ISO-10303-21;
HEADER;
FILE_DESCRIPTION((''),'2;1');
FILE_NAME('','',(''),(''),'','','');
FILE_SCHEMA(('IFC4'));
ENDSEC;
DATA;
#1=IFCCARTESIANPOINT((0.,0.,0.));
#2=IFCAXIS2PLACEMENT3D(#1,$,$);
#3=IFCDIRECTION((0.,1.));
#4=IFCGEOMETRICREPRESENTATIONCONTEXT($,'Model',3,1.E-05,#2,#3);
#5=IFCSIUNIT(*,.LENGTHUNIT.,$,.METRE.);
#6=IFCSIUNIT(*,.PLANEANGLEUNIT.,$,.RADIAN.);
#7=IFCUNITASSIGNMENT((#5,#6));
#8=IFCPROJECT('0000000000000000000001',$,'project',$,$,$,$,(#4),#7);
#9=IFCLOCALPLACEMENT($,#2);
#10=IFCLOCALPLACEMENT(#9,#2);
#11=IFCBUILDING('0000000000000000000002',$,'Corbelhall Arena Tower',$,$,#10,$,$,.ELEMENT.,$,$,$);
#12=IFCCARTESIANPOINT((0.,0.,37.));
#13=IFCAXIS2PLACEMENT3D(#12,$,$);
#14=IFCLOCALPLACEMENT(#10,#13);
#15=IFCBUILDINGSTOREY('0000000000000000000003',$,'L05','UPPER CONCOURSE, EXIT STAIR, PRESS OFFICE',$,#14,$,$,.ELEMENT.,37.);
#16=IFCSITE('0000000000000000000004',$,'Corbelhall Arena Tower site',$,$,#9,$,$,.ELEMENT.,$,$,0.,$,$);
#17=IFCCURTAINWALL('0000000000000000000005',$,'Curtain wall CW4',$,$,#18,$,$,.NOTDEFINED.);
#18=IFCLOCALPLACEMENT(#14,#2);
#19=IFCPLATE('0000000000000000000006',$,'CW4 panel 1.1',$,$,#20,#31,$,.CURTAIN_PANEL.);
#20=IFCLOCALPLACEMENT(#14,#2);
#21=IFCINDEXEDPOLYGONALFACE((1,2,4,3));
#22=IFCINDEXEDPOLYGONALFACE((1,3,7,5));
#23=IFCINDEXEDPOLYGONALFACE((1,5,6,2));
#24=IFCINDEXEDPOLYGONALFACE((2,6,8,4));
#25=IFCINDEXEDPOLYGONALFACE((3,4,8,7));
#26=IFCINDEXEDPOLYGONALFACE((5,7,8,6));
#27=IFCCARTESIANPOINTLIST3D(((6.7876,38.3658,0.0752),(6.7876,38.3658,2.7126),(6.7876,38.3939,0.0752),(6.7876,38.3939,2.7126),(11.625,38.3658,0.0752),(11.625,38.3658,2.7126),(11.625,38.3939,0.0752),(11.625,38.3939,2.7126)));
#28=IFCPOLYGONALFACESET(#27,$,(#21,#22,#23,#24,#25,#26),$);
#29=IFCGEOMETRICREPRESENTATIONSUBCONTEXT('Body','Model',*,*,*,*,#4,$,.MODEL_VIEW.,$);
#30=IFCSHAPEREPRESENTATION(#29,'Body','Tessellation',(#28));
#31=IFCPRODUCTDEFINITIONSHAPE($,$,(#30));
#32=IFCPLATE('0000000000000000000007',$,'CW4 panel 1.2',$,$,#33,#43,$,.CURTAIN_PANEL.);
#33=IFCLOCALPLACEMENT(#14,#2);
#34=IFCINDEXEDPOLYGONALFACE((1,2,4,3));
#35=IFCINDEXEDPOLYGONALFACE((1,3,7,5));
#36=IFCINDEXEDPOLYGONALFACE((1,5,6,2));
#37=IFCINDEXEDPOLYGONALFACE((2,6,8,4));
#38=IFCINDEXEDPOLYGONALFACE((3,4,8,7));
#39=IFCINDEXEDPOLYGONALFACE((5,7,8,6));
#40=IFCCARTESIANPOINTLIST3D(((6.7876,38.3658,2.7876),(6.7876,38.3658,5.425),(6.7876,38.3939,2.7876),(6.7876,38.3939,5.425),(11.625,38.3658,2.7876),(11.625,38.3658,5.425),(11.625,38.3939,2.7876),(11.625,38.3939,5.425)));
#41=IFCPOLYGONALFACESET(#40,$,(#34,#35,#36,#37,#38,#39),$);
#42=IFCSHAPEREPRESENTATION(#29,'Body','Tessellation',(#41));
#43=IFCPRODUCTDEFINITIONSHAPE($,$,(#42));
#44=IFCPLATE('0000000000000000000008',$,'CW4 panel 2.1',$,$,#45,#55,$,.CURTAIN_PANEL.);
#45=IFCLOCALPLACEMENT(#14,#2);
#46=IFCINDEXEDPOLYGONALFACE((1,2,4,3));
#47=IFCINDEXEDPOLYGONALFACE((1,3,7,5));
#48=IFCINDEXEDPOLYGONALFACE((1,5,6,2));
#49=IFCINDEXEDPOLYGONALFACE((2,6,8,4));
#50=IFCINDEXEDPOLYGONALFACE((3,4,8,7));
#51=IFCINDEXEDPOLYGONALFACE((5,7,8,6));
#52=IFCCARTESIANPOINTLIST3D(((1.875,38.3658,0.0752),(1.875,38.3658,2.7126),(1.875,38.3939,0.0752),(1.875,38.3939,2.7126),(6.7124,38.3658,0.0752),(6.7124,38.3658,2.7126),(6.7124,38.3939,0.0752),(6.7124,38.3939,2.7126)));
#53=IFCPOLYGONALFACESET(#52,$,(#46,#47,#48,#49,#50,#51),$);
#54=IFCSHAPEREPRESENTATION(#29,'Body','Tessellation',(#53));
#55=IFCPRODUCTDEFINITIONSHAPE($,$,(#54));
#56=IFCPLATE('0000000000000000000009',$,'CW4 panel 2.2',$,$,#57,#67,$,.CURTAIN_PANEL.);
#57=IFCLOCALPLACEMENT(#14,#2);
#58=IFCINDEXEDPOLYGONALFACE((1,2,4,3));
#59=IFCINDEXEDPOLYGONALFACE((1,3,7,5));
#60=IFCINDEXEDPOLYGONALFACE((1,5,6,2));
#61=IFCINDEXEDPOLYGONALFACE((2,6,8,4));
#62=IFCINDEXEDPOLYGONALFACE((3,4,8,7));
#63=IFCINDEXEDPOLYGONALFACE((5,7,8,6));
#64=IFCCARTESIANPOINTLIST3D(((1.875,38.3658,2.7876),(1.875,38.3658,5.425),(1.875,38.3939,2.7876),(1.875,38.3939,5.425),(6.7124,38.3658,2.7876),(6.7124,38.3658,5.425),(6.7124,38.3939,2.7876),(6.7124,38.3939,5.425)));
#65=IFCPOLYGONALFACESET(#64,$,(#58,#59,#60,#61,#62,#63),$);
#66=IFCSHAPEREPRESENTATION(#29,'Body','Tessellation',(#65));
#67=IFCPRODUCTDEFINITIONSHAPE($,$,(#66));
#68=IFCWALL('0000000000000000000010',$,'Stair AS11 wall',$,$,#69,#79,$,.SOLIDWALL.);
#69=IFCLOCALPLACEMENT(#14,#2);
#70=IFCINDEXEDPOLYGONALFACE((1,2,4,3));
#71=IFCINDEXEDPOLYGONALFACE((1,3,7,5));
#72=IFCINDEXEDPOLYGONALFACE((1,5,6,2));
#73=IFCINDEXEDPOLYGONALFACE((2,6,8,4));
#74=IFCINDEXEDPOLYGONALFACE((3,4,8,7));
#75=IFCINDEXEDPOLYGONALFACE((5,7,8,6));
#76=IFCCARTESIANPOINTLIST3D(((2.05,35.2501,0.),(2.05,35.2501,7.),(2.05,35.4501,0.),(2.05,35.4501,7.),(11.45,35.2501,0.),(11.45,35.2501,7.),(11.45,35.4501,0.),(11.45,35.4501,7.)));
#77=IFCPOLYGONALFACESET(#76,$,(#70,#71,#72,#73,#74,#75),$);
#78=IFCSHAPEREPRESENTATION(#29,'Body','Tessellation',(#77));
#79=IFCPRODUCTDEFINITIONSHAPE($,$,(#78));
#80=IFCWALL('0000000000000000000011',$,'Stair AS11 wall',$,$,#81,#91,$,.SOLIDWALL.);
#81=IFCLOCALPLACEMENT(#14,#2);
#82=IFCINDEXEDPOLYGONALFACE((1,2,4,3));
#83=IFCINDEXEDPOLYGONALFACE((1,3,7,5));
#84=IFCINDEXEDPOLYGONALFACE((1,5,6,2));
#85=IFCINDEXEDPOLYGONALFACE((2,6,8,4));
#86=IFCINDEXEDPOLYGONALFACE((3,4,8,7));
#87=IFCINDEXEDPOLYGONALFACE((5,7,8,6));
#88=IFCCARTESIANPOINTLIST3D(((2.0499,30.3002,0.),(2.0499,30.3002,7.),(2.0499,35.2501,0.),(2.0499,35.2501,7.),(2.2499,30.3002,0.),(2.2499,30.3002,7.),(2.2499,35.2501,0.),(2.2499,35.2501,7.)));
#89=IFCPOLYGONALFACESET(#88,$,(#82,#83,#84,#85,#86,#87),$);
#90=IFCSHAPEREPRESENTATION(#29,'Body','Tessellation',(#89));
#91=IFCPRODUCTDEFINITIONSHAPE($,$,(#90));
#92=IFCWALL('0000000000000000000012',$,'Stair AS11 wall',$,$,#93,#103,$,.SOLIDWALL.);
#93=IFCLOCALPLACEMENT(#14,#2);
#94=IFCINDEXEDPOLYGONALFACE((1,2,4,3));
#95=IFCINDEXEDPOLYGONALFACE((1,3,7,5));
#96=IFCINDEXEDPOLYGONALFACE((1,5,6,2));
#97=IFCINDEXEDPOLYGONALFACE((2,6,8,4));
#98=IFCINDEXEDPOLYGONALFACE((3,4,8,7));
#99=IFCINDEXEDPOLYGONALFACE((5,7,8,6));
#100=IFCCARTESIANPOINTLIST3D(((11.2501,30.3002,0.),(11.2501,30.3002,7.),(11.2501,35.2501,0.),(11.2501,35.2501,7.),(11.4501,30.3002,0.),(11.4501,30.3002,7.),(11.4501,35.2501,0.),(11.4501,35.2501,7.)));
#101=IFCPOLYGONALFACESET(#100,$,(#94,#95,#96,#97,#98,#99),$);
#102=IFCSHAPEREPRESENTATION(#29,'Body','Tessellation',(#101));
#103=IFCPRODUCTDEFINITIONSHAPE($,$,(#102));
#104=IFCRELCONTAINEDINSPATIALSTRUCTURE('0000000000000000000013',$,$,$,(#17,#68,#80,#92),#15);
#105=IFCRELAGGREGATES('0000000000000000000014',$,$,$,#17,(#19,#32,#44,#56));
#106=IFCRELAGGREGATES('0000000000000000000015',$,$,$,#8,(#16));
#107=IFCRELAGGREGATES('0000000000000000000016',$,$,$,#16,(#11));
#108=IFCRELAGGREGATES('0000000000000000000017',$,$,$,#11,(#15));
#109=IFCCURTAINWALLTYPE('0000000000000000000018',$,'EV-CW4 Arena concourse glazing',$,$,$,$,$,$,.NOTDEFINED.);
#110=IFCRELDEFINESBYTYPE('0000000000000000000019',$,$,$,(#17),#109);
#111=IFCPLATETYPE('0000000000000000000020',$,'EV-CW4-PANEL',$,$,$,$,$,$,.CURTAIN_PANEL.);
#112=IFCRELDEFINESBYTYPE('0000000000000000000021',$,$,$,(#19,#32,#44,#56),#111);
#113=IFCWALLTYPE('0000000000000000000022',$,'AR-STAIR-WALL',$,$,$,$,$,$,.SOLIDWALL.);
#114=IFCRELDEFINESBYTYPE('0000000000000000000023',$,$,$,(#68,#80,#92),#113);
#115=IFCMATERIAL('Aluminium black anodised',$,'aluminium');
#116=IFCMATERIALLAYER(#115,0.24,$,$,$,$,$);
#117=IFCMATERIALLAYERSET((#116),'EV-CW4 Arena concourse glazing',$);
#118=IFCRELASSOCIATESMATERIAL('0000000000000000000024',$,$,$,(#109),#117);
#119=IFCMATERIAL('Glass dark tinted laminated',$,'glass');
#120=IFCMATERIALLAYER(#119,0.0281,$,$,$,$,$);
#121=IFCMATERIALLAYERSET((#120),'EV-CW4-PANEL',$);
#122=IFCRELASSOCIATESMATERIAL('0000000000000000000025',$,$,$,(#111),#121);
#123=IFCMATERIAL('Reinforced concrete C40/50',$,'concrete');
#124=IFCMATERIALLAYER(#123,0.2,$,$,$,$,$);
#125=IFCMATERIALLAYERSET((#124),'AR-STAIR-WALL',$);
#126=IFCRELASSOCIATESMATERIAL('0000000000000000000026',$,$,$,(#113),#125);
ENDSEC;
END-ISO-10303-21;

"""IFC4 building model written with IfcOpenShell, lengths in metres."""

from ifc_helpers import new_model, si_unit, direction, frame, frame_2d, origin, origin_2d, place, context, subcontext, project, spatial, rectangle, extrude, material, layer, layer_set, type_object, element, aggregate, save


model = new_model("IFC4")

# Units and contexts
model_context = context("Model", 3, precision=1e-05, world=origin(), true_north=direction((0.0, 1.0)))
body_context = subcontext(model_context, "Body", "Model", "MODEL_VIEW")
ifc_project = project(units=[si_unit("LENGTHUNIT", "METRE"), si_unit("PLANEANGLEUNIT", "RADIAN")], contexts=[model_context])

# Site, building, storey
site_placement = place(None, origin())
site = spatial("IfcSite", under=ifc_project, at=site_placement, Name="Corbelhall Arena Tower site", CompositionType="ELEMENT", RefElevation=0.0)
building_placement = place(site_placement, origin())
building = spatial("IfcBuilding", under=site, at=building_placement, Name="Corbelhall Arena Tower", CompositionType="ELEMENT")
storey_placement = place(building_placement, frame((0.0, 0.0, 37.0)))
storey = spatial("IfcBuildingStorey", under=building, at=storey_placement, Name="L05", Description="UPPER CONCOURSE, EXIT STAIR, PRESS OFFICE", CompositionType="ELEMENT", Elevation=37.0)

# Shared definitions
ifc_material_1 = material(Name="Aluminium black anodised", Category="aluminium")
ifc_layer_1 = layer(ifc_material_1, 0.24)
ifc_layer_set_1 = layer_set([ifc_layer_1], Name="EV-CW4 Arena concourse glazing")
curtain_wall_type = type_object("IfcCurtainWallType", Name="EV-CW4 Arena concourse glazing", PredefinedType="NOTDEFINED", material=ifc_layer_set_1)

# Curtain wall
curtain_wall_1_placement = place(storey_placement, origin())
curtain_wall_1 = element("IfcCurtainWall", 1, at=curtain_wall_1_placement, inside=storey, type_object=curtain_wall_type, Name="Curtain wall CW4", PredefinedType="NOTDEFINED")

# Plates
ifc_material_2 = material(Name="Glass dark tinted laminated", Category="glass")
ifc_layer_2 = layer(ifc_material_2, 0.0281)
ifc_layer_set_2 = layer_set([ifc_layer_2], Name="EV-CW4-PANEL")
plate_type = type_object("IfcPlateType", Name="EV-CW4-PANEL", PredefinedType="CURTAIN_PANEL", material=ifc_layer_set_2)
plate_1_placement = place(storey_placement, frame((9.2063, 38.3799, 0.0752), z_axis=(0.0, 0.0, 1.0), x_axis=(-1.0, 0.0, 0.0)))
plate_1 = element("IfcPlate", 2, at=plate_1_placement, type_object=plate_type, Name="CW4 panel 1.1", PredefinedType="CURTAIN_PANEL", context=body_context, shape_type="SweptSolid", body=[
    extrude(rectangle(XDim=4.8374, YDim=0.0281, at=origin_2d()), origin(), (0.0, 0.0, 1.0), 2.6375),
])
plate_2_placement = place(storey_placement, frame((9.2063, 38.3799, 2.7876), z_axis=(0.0, 0.0, 1.0), x_axis=(-1.0, 0.0, 0.0)))
plate_2 = element("IfcPlate", 3, at=plate_2_placement, type_object=plate_type, Name="CW4 panel 1.2", PredefinedType="CURTAIN_PANEL", context=body_context, shape_type="SweptSolid", body=[
    extrude(rectangle(XDim=4.8374, YDim=0.0281, at=origin_2d()), origin(), (0.0, 0.0, 1.0), 2.6375),
])
plate_3_placement = place(storey_placement, frame((4.2937, 38.3799, 0.0752), z_axis=(0.0, 0.0, 1.0), x_axis=(-1.0, 0.0, 0.0)))
plate_3 = element("IfcPlate", 4, at=plate_3_placement, type_object=plate_type, Name="CW4 panel 2.1", PredefinedType="CURTAIN_PANEL", context=body_context, shape_type="SweptSolid", body=[
    extrude(rectangle(XDim=4.8374, YDim=0.0281, at=origin_2d()), origin(), (0.0, 0.0, 1.0), 2.6375),
])
plate_4_placement = place(storey_placement, frame((4.2937, 38.3799, 2.7876), z_axis=(0.0, 0.0, 1.0), x_axis=(-1.0, 0.0, 0.0)))
plate_4 = element("IfcPlate", 5, at=plate_4_placement, type_object=plate_type, Name="CW4 panel 2.2", PredefinedType="CURTAIN_PANEL", context=body_context, shape_type="SweptSolid", body=[
    extrude(rectangle(XDim=4.8374, YDim=0.0281, at=origin_2d()), origin(), (0.0, 0.0, 1.0), 2.6375),
])
aggregate(curtain_wall_1, [plate_1, plate_2, plate_3, plate_4])

# Shared definitions
ifc_material_3 = material(Name="Reinforced concrete C40/50", Category="concrete")
ifc_layer_3 = layer(ifc_material_3, 0.2)
ifc_layer_set_3 = layer_set([ifc_layer_3], Name="AR-STAIR-WALL")
wall_type = type_object("IfcWallType", Name="AR-STAIR-WALL", PredefinedType="SOLIDWALL", material=ifc_layer_set_3)

# Walls
wall_1_placement = place(storey_placement, frame((2.05, 35.3501, 0.0), z_axis=(0.0, 0.0, 1.0), x_axis=(1.0, 0.0, 0.0)))
element("IfcWall", 6, at=wall_1_placement, inside=storey, type_object=wall_type, Name="Stair AS11 wall", PredefinedType="SOLIDWALL", context=body_context, shape_type="SweptSolid", body=[
    extrude(rectangle(XDim=9.3999, YDim=0.2, at=frame_2d((4.7, 0.0))), origin(), (0.0, 0.0, 1.0), 7.0),
])
for number, where, z_axis, x_axis, name in (
    (7, (2.1499, 30.3, 0.0), (0.0, 0.0, 1.0), (0.0, 1.0, 0.0), "Stair AS11 wall"),
    (8, (11.3501, 30.3, 0.0), (0.0, 0.0, 1.0), (0.0, 1.0, 0.0), "Stair AS11 wall"),
):
    element("IfcWall", number, at=place(storey_placement, frame(where, z_axis=z_axis, x_axis=x_axis)), inside=storey, type_object=wall_type, Name=name, PredefinedType="SOLIDWALL", context=body_context, shape_type="SweptSolid", body=[
        extrude(rectangle(XDim=4.95, YDim=0.2, at=frame_2d((2.4751, 0.0))), origin(), (0.0, 0.0, 1.0), 7.0),
    ])

save(model, "model.ifc")
